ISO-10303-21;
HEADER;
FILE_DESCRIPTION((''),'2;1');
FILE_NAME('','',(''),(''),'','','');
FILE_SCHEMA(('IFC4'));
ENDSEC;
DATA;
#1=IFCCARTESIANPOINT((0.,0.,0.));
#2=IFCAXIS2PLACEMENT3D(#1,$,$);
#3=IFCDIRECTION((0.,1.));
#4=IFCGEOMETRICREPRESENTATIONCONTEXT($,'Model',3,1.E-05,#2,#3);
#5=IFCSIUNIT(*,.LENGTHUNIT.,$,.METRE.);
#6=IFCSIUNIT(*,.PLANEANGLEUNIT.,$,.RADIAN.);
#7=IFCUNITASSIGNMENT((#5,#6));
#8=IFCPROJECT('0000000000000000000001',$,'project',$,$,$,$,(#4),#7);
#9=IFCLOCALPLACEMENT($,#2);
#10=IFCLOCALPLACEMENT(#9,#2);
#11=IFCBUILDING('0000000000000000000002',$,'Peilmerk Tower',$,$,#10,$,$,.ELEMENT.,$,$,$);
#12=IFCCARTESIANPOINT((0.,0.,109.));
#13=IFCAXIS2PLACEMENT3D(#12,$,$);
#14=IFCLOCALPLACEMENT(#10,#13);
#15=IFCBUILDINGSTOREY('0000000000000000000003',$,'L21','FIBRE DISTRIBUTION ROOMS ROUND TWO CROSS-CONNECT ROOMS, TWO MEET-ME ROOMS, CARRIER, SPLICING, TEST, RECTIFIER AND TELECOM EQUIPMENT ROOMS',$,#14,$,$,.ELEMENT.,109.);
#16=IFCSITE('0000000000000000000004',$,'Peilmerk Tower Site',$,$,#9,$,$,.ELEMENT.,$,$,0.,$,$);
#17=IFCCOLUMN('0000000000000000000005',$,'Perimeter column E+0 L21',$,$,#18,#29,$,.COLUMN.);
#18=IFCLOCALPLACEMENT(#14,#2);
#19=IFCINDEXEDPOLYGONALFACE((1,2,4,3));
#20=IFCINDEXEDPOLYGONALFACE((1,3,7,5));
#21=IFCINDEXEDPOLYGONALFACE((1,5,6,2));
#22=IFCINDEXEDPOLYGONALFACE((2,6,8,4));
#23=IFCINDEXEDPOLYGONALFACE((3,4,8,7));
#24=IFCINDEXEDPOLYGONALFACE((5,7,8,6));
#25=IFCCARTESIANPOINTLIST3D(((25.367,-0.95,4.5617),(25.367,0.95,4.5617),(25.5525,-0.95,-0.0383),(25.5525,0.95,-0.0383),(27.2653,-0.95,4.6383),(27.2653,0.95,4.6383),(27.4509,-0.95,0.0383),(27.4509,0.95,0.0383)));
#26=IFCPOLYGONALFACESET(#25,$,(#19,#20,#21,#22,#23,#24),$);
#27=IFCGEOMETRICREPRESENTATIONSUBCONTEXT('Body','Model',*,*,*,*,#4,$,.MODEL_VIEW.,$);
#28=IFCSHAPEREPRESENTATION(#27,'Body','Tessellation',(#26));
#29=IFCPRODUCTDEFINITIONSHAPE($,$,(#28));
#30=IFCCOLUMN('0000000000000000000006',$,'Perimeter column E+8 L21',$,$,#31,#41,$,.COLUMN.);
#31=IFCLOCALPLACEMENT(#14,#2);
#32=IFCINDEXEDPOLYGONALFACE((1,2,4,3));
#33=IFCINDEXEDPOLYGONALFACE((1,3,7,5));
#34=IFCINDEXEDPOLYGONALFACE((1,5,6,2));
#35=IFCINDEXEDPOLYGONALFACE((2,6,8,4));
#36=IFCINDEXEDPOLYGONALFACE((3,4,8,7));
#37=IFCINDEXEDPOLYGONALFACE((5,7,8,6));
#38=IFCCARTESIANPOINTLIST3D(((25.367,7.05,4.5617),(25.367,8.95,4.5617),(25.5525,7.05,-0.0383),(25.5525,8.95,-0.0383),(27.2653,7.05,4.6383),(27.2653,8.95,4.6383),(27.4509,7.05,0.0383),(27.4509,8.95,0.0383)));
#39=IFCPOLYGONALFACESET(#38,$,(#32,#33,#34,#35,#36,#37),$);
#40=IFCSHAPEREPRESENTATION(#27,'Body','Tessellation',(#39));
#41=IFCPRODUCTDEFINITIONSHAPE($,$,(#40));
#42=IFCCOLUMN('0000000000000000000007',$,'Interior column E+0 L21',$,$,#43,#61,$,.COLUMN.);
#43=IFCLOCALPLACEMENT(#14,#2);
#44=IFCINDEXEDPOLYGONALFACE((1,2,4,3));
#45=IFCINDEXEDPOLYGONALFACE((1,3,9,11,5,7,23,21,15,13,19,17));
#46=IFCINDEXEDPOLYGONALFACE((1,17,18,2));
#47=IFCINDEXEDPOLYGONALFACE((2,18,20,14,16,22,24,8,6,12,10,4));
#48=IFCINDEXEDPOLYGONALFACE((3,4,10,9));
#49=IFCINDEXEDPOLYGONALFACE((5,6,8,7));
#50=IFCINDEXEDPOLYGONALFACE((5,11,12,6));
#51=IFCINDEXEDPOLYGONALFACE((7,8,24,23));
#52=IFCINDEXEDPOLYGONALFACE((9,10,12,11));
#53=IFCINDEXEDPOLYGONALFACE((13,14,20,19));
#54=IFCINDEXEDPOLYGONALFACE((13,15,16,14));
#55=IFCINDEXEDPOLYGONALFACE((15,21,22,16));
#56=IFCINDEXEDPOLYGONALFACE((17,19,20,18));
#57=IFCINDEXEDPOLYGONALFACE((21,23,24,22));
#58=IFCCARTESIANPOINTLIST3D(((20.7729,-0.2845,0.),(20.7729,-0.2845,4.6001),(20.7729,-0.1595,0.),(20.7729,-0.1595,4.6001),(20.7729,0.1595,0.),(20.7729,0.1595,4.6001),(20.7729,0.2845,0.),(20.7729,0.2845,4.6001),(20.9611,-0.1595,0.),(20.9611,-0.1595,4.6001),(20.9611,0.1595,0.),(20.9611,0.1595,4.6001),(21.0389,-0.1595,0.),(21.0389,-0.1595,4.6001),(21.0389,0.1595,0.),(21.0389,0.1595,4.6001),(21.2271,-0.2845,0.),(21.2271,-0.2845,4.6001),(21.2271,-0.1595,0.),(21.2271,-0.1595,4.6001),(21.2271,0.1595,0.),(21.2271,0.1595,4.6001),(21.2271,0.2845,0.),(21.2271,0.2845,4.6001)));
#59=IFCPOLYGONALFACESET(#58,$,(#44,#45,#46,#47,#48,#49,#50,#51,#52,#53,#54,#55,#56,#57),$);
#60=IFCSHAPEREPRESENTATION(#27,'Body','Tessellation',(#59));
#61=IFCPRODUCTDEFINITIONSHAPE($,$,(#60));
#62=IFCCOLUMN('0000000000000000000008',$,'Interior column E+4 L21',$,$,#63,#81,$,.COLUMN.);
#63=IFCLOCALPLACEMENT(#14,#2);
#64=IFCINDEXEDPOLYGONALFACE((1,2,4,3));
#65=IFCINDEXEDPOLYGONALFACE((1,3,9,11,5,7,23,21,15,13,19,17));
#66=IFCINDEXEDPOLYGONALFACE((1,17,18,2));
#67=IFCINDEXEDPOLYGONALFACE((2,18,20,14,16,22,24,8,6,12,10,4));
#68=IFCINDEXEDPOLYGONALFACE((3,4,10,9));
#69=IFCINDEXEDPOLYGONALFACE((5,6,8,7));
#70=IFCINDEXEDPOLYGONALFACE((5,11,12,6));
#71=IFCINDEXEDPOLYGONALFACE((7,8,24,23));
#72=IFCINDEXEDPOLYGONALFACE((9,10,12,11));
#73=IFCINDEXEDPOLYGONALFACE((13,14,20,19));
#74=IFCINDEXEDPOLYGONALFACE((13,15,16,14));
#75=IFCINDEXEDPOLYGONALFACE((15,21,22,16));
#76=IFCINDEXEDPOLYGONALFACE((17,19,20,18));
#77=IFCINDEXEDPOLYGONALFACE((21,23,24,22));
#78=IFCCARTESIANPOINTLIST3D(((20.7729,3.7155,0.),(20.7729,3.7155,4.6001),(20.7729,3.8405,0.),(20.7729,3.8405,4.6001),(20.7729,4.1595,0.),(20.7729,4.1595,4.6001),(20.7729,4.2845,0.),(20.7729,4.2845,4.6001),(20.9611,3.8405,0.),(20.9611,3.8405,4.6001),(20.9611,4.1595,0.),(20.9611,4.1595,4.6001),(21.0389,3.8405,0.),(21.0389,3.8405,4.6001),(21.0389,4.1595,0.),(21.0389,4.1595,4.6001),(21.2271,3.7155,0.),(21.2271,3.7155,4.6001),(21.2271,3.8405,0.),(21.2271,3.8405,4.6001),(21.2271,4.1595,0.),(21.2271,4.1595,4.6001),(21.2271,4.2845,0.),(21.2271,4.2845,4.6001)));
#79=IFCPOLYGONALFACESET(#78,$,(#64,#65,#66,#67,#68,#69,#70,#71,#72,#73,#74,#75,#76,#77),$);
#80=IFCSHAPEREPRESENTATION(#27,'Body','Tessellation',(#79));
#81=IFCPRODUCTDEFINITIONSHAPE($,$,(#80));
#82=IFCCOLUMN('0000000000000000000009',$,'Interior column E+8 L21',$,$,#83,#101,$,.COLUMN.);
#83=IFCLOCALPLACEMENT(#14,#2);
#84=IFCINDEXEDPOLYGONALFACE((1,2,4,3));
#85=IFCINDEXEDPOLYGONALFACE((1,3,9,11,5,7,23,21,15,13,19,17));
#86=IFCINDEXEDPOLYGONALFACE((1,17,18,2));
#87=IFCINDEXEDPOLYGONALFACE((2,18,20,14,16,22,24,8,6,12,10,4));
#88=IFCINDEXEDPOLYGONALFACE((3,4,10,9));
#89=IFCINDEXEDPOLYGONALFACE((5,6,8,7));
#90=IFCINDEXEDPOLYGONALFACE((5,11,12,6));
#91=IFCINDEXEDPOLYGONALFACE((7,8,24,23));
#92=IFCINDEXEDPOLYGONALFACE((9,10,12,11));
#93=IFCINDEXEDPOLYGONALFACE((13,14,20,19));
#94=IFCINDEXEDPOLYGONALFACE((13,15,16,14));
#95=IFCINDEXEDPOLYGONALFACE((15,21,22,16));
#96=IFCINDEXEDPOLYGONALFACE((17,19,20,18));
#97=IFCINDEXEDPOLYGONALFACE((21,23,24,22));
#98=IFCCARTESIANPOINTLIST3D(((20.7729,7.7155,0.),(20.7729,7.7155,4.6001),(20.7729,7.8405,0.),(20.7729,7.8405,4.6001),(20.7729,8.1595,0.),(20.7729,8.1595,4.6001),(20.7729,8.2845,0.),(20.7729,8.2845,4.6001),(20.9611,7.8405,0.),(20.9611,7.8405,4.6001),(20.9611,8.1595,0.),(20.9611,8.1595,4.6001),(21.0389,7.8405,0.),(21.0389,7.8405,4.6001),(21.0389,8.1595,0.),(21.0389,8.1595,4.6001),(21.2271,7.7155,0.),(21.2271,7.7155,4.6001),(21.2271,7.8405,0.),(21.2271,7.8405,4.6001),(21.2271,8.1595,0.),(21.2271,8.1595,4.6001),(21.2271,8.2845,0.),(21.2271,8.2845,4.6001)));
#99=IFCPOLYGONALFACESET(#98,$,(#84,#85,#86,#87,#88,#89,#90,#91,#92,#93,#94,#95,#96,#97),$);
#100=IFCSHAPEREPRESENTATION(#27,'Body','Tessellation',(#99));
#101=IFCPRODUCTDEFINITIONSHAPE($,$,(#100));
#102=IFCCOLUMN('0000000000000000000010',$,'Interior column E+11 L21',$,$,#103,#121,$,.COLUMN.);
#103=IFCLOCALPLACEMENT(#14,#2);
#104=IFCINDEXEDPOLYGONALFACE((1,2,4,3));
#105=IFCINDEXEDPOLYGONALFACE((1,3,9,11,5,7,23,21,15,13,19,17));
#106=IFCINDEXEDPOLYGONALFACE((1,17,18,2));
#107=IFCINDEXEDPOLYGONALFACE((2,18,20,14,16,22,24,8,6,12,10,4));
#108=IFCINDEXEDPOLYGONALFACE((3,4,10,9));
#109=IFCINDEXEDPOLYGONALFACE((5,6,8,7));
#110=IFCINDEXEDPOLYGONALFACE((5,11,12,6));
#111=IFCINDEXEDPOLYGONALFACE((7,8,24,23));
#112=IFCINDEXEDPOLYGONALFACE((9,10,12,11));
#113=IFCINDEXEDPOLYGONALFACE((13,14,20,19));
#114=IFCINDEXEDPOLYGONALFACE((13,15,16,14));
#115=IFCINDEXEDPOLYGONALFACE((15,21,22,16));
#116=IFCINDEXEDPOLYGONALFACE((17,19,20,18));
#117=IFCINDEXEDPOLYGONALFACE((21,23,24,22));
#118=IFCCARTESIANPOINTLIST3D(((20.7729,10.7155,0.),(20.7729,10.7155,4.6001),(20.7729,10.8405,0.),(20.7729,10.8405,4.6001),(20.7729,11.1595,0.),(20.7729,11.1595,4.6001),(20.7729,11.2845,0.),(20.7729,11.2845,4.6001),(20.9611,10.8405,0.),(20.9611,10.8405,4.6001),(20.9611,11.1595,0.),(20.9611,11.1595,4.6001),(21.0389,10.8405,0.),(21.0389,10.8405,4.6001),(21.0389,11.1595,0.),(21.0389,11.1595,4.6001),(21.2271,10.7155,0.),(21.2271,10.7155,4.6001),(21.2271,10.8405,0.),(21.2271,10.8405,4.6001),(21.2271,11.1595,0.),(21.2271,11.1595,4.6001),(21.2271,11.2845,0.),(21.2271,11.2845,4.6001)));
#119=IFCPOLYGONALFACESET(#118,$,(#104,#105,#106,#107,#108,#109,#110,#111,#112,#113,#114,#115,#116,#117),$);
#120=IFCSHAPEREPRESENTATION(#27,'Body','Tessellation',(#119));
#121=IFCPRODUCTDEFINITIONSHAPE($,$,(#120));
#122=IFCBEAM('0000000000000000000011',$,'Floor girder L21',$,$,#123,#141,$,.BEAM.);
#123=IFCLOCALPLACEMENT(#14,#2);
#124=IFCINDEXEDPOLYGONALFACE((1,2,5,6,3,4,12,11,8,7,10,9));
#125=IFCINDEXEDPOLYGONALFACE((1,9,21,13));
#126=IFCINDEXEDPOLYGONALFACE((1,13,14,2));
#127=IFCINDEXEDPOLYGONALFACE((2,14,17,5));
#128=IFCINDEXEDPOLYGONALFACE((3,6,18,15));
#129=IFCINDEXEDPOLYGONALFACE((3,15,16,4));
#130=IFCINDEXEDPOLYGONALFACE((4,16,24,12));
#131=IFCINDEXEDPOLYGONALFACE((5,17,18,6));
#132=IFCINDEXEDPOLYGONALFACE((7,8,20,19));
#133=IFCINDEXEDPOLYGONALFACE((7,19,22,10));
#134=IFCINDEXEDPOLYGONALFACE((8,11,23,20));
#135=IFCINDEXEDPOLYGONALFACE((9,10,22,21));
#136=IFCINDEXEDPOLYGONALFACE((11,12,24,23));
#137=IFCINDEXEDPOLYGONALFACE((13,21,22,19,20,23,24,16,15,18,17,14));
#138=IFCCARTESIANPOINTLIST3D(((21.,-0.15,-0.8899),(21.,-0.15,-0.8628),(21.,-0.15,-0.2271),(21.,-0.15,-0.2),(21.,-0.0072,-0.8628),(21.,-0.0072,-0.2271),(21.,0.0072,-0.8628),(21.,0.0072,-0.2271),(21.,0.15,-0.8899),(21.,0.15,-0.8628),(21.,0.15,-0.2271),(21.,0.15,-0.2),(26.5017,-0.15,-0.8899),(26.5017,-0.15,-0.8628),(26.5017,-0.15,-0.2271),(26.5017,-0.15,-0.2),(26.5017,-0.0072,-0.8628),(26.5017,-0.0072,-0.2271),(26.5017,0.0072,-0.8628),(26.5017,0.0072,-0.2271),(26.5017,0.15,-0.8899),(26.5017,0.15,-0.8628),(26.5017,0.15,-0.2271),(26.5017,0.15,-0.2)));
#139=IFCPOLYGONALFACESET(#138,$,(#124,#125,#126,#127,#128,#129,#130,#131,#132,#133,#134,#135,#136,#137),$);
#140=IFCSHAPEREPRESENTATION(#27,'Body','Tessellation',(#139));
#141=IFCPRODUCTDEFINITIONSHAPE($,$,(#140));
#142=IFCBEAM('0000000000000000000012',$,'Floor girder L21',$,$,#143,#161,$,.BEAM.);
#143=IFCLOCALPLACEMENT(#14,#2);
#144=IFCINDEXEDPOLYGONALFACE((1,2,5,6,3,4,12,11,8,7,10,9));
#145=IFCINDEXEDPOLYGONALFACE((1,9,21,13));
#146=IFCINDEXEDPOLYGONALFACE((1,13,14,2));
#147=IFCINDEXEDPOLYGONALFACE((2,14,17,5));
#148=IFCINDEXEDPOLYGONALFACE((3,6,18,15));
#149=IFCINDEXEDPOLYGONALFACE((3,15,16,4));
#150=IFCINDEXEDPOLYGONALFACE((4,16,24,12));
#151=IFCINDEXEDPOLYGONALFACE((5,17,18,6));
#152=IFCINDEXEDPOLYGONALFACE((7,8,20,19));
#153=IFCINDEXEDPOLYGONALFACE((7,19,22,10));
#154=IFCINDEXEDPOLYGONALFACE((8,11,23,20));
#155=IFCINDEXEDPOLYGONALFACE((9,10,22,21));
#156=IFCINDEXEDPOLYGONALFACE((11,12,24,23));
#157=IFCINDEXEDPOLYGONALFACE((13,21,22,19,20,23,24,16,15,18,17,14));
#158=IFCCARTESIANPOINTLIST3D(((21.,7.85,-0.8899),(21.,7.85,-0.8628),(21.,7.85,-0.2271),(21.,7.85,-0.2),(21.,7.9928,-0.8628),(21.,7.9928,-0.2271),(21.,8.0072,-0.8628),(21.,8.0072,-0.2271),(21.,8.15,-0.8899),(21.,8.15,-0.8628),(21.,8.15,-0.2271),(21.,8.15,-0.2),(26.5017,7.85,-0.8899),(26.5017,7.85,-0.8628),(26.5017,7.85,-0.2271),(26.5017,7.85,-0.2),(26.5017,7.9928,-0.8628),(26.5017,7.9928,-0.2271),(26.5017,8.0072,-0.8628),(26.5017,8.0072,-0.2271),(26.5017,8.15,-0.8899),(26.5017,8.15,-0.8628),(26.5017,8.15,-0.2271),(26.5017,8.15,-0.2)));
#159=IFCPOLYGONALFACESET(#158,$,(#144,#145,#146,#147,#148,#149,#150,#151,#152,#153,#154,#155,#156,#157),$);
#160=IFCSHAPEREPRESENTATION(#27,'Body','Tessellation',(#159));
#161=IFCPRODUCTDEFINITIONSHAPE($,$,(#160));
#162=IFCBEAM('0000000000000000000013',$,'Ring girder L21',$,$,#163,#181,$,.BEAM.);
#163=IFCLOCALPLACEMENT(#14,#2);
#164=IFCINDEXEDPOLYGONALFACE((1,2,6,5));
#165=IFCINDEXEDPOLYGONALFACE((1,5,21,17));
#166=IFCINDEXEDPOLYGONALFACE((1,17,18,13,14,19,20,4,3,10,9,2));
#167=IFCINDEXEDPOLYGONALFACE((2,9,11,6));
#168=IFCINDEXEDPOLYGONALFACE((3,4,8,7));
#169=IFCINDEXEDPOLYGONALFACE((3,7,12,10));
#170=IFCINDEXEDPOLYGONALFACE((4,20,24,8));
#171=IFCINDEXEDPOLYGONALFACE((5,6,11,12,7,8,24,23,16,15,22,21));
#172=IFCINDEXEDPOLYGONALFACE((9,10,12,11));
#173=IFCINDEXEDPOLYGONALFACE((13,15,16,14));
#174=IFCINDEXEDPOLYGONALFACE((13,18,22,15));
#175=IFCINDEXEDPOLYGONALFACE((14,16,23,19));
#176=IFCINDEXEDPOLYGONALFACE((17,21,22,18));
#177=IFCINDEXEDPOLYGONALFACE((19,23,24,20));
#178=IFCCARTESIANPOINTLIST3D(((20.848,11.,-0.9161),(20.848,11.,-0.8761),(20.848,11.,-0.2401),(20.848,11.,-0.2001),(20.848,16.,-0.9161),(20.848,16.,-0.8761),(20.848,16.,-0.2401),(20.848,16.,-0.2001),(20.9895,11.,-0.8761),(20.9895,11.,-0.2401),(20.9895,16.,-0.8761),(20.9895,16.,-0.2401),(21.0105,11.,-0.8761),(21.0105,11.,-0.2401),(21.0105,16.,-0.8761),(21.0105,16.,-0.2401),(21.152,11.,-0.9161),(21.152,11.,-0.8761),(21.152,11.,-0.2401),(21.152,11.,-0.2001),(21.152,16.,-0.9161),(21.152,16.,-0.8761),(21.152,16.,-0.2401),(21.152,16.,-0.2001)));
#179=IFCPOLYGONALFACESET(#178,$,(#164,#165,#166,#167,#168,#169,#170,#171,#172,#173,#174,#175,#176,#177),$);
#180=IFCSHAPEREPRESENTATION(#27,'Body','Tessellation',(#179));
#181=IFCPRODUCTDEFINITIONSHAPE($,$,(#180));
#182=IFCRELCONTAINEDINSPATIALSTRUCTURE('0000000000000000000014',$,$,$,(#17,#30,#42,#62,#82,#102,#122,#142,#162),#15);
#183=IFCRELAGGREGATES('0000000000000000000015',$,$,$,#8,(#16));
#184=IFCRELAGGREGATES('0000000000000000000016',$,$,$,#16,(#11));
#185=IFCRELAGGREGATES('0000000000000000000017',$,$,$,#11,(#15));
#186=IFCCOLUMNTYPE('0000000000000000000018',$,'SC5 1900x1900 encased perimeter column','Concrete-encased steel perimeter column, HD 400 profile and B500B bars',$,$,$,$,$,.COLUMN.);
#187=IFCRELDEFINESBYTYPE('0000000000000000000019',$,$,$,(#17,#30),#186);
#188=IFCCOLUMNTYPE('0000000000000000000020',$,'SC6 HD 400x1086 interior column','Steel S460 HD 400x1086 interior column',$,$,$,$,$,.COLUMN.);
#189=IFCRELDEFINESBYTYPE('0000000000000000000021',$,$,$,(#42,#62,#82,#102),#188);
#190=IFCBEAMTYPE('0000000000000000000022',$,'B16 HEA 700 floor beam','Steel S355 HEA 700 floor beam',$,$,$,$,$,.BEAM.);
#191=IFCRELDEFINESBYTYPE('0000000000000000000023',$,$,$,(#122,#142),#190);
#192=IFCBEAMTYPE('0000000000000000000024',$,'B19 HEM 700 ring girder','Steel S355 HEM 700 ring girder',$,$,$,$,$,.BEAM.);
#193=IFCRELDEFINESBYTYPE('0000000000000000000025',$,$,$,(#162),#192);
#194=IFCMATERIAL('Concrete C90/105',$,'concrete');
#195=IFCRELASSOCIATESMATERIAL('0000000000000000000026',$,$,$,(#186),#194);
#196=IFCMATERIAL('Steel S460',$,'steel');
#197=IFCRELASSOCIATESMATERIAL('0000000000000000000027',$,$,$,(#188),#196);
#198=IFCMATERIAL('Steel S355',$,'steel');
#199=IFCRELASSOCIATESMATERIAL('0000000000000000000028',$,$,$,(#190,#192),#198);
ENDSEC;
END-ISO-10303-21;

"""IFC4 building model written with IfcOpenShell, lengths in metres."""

from ifc_helpers import new_model, si_unit, direction, frame, origin, origin_2d, place, context, subcontext, project, spatial, rectangle, i_section, extrude, material, material_profile, profile_set, type_object, element, save


model = new_model("IFC4")

# Units and contexts
model_context = context("Model", 3, precision=1e-05, world=origin(), true_north=direction((0.0, 1.0)))
body_context = subcontext(model_context, "Body", "Model", "MODEL_VIEW")
ifc_project = project(units=[si_unit("LENGTHUNIT", "METRE"), si_unit("PLANEANGLEUNIT", "RADIAN")], contexts=[model_context])

# Site, building, storey
site_placement = place(None, origin())
site = spatial("IfcSite", under=ifc_project, at=site_placement, Name="Peilmerk Tower Site", CompositionType="ELEMENT", RefElevation=0.0)
building_placement = place(site_placement, origin())
building = spatial("IfcBuilding", under=site, at=building_placement, Name="Peilmerk Tower", CompositionType="ELEMENT")
storey_placement = place(building_placement, frame((0.0, 0.0, 109.0)))
storey = spatial("IfcBuildingStorey", under=building, at=storey_placement, Name="L21", Description="FIBRE DISTRIBUTION ROOMS ROUND TWO CROSS-CONNECT ROOMS, TWO MEET-ME ROOMS, CARRIER, SPLICING, TEST, RECTIFIER AND TELECOM EQUIPMENT ROOMS", CompositionType="ELEMENT", Elevation=109.0)

# Columns
ifc_material_1 = material(Name="Concrete C90/105", Category="concrete")
ifc_material_profile_1 = material_profile(ifc_material_1, rectangle(XDim=1.8999, YDim=1.8999, at=origin_2d()), Name="RC 1900x1900")
ifc_profile_set_1 = profile_set([ifc_material_profile_1], Name="Concrete C90/105")
column_type_1 = type_object("IfcColumnType", Name="SC5 1900x1900 encased perimeter column", Description="Concrete-encased steel perimeter column, HD 400 profile and B500B bars", PredefinedType="COLUMN", material=ifc_profile_set_1)
for number, where, z_axis, x_axis, name in (
    (1, (26.5017, 0.0, 0.0), (-0.040303, 0.0, 0.999188), (0.0, -1.0, 0.0), "Perimeter column E+0 L21"),
    (2, (26.5017, 8.0, 0.0), (-0.040303, 0.0, 0.999188), (0.0, -1.0, 0.0), "Perimeter column E+8 L21"),
):
    element("IfcColumn", number, at=place(storey_placement, frame(where, z_axis=z_axis, x_axis=x_axis)), inside=storey, type_object=column_type_1, Name=name, PredefinedType="COLUMN", context=body_context, shape_type="SweptSolid", body=[
        extrude(rectangle(XDim=1.8999, YDim=1.8999, at=origin_2d()), origin(), (0.0, 0.0, 1.0), 4.6038),
    ])
ifc_material_2 = material(Name="Steel S460", Category="steel")
ifc_material_profile_2 = material_profile(ifc_material_2, i_section(OverallWidth=0.4541, OverallDepth=0.5691, WebThickness=0.0779, FlangeThickness=0.125, at=origin_2d()), Name="HD 400x1086")
ifc_profile_set_2 = profile_set([ifc_material_profile_2], Name="Steel S460")
column_type_2 = type_object("IfcColumnType", Name="SC6 HD 400x1086 interior column", Description="Steel S460 HD 400x1086 interior column", PredefinedType="COLUMN", material=ifc_profile_set_2)
for number, where, z_axis, x_axis, name in (
    (3, (21.0, 0.0, 0.0), (0.0, 0.0, 1.0), (1.0, 0.0, 0.0), "Interior column E+0 L21"),
    (4, (21.0, 4.0, 0.0), (0.0, 0.0, 1.0), (1.0, 0.0, 0.0), "Interior column E+4 L21"),
    (5, (21.0, 8.0, 0.0), (0.0, 0.0, 1.0), (1.0, 0.0, 0.0), "Interior column E+8 L21"),
    (6, (21.0, 11.0, 0.0), (0.0, 0.0, 1.0), (1.0, 0.0, 0.0), "Interior column E+11 L21"),
):
    element("IfcColumn", number, at=place(storey_placement, frame(where, z_axis=z_axis, x_axis=x_axis)), inside=storey, type_object=column_type_2, Name=name, PredefinedType="COLUMN", context=body_context, shape_type="SweptSolid", body=[
        extrude(i_section(OverallWidth=0.4541, OverallDepth=0.5691, WebThickness=0.0779, FlangeThickness=0.125, at=origin_2d()), origin(), (0.0, 0.0, 1.0), 4.6001),
    ])

# Beams
ifc_material_3 = material(Name="Steel S355", Category="steel")
ifc_material_profile_3 = material_profile(ifc_material_3, i_section(OverallWidth=0.3, OverallDepth=0.6899, WebThickness=0.0144, FlangeThickness=0.0271, at=origin_2d()), Name="HEA 700")
ifc_profile_set_3 = profile_set([ifc_material_profile_3], Name="Steel S355")
beam_type_1 = type_object("IfcBeamType", Name="B16 HEA 700 floor beam", Description="Steel S355 HEA 700 floor beam", PredefinedType="BEAM", material=ifc_profile_set_3)
for number, where, z_axis, x_axis, name in (
    (7, (21.0, 0.0, -0.5449), (1.0, 0.0, 0.0), (0.0, 1.0, 0.0), "Floor girder L21"),
    (8, (21.0, 8.0, -0.5449), (1.0, 0.0, 0.0), (0.0, 1.0, 0.0), "Floor girder L21"),
):
    element("IfcBeam", number, at=place(storey_placement, frame(where, z_axis=z_axis, x_axis=x_axis)), inside=storey, type_object=beam_type_1, Name=name, PredefinedType="BEAM", context=body_context, shape_type="SweptSolid", body=[
        extrude(i_section(OverallWidth=0.3, OverallDepth=0.6899, WebThickness=0.0144, FlangeThickness=0.0271, at=origin_2d()), origin(), (0.0, 0.0, 1.0), 5.5017),
    ])
ifc_material_profile_4 = material_profile(ifc_material_3, i_section(OverallWidth=0.304, OverallDepth=0.7161, WebThickness=0.021, FlangeThickness=0.04, at=origin_2d()), Name="HEM 700")
ifc_profile_set_4 = profile_set([ifc_material_profile_4], Name="Steel S355")
beam_type_2 = type_object("IfcBeamType", Name="B19 HEM 700 ring girder", Description="Steel S355 HEM 700 ring girder", PredefinedType="BEAM", material=ifc_profile_set_4)
beam_1_placement = place(storey_placement, frame((21.0, 11.0, -0.5581), z_axis=(0.0, 1.0, 0.0), x_axis=(-1.0, 0.0, 0.0)))
element("IfcBeam", 9, at=beam_1_placement, inside=storey, type_object=beam_type_2, Name="Ring girder L21", PredefinedType="BEAM", context=body_context, shape_type="SweptSolid", body=[
    extrude(i_section(OverallWidth=0.304, OverallDepth=0.7161, WebThickness=0.021, FlangeThickness=0.04, at=origin_2d()), origin(), (0.0, 0.0, 1.0), 5.0),
])

save(model, "model.ifc")
